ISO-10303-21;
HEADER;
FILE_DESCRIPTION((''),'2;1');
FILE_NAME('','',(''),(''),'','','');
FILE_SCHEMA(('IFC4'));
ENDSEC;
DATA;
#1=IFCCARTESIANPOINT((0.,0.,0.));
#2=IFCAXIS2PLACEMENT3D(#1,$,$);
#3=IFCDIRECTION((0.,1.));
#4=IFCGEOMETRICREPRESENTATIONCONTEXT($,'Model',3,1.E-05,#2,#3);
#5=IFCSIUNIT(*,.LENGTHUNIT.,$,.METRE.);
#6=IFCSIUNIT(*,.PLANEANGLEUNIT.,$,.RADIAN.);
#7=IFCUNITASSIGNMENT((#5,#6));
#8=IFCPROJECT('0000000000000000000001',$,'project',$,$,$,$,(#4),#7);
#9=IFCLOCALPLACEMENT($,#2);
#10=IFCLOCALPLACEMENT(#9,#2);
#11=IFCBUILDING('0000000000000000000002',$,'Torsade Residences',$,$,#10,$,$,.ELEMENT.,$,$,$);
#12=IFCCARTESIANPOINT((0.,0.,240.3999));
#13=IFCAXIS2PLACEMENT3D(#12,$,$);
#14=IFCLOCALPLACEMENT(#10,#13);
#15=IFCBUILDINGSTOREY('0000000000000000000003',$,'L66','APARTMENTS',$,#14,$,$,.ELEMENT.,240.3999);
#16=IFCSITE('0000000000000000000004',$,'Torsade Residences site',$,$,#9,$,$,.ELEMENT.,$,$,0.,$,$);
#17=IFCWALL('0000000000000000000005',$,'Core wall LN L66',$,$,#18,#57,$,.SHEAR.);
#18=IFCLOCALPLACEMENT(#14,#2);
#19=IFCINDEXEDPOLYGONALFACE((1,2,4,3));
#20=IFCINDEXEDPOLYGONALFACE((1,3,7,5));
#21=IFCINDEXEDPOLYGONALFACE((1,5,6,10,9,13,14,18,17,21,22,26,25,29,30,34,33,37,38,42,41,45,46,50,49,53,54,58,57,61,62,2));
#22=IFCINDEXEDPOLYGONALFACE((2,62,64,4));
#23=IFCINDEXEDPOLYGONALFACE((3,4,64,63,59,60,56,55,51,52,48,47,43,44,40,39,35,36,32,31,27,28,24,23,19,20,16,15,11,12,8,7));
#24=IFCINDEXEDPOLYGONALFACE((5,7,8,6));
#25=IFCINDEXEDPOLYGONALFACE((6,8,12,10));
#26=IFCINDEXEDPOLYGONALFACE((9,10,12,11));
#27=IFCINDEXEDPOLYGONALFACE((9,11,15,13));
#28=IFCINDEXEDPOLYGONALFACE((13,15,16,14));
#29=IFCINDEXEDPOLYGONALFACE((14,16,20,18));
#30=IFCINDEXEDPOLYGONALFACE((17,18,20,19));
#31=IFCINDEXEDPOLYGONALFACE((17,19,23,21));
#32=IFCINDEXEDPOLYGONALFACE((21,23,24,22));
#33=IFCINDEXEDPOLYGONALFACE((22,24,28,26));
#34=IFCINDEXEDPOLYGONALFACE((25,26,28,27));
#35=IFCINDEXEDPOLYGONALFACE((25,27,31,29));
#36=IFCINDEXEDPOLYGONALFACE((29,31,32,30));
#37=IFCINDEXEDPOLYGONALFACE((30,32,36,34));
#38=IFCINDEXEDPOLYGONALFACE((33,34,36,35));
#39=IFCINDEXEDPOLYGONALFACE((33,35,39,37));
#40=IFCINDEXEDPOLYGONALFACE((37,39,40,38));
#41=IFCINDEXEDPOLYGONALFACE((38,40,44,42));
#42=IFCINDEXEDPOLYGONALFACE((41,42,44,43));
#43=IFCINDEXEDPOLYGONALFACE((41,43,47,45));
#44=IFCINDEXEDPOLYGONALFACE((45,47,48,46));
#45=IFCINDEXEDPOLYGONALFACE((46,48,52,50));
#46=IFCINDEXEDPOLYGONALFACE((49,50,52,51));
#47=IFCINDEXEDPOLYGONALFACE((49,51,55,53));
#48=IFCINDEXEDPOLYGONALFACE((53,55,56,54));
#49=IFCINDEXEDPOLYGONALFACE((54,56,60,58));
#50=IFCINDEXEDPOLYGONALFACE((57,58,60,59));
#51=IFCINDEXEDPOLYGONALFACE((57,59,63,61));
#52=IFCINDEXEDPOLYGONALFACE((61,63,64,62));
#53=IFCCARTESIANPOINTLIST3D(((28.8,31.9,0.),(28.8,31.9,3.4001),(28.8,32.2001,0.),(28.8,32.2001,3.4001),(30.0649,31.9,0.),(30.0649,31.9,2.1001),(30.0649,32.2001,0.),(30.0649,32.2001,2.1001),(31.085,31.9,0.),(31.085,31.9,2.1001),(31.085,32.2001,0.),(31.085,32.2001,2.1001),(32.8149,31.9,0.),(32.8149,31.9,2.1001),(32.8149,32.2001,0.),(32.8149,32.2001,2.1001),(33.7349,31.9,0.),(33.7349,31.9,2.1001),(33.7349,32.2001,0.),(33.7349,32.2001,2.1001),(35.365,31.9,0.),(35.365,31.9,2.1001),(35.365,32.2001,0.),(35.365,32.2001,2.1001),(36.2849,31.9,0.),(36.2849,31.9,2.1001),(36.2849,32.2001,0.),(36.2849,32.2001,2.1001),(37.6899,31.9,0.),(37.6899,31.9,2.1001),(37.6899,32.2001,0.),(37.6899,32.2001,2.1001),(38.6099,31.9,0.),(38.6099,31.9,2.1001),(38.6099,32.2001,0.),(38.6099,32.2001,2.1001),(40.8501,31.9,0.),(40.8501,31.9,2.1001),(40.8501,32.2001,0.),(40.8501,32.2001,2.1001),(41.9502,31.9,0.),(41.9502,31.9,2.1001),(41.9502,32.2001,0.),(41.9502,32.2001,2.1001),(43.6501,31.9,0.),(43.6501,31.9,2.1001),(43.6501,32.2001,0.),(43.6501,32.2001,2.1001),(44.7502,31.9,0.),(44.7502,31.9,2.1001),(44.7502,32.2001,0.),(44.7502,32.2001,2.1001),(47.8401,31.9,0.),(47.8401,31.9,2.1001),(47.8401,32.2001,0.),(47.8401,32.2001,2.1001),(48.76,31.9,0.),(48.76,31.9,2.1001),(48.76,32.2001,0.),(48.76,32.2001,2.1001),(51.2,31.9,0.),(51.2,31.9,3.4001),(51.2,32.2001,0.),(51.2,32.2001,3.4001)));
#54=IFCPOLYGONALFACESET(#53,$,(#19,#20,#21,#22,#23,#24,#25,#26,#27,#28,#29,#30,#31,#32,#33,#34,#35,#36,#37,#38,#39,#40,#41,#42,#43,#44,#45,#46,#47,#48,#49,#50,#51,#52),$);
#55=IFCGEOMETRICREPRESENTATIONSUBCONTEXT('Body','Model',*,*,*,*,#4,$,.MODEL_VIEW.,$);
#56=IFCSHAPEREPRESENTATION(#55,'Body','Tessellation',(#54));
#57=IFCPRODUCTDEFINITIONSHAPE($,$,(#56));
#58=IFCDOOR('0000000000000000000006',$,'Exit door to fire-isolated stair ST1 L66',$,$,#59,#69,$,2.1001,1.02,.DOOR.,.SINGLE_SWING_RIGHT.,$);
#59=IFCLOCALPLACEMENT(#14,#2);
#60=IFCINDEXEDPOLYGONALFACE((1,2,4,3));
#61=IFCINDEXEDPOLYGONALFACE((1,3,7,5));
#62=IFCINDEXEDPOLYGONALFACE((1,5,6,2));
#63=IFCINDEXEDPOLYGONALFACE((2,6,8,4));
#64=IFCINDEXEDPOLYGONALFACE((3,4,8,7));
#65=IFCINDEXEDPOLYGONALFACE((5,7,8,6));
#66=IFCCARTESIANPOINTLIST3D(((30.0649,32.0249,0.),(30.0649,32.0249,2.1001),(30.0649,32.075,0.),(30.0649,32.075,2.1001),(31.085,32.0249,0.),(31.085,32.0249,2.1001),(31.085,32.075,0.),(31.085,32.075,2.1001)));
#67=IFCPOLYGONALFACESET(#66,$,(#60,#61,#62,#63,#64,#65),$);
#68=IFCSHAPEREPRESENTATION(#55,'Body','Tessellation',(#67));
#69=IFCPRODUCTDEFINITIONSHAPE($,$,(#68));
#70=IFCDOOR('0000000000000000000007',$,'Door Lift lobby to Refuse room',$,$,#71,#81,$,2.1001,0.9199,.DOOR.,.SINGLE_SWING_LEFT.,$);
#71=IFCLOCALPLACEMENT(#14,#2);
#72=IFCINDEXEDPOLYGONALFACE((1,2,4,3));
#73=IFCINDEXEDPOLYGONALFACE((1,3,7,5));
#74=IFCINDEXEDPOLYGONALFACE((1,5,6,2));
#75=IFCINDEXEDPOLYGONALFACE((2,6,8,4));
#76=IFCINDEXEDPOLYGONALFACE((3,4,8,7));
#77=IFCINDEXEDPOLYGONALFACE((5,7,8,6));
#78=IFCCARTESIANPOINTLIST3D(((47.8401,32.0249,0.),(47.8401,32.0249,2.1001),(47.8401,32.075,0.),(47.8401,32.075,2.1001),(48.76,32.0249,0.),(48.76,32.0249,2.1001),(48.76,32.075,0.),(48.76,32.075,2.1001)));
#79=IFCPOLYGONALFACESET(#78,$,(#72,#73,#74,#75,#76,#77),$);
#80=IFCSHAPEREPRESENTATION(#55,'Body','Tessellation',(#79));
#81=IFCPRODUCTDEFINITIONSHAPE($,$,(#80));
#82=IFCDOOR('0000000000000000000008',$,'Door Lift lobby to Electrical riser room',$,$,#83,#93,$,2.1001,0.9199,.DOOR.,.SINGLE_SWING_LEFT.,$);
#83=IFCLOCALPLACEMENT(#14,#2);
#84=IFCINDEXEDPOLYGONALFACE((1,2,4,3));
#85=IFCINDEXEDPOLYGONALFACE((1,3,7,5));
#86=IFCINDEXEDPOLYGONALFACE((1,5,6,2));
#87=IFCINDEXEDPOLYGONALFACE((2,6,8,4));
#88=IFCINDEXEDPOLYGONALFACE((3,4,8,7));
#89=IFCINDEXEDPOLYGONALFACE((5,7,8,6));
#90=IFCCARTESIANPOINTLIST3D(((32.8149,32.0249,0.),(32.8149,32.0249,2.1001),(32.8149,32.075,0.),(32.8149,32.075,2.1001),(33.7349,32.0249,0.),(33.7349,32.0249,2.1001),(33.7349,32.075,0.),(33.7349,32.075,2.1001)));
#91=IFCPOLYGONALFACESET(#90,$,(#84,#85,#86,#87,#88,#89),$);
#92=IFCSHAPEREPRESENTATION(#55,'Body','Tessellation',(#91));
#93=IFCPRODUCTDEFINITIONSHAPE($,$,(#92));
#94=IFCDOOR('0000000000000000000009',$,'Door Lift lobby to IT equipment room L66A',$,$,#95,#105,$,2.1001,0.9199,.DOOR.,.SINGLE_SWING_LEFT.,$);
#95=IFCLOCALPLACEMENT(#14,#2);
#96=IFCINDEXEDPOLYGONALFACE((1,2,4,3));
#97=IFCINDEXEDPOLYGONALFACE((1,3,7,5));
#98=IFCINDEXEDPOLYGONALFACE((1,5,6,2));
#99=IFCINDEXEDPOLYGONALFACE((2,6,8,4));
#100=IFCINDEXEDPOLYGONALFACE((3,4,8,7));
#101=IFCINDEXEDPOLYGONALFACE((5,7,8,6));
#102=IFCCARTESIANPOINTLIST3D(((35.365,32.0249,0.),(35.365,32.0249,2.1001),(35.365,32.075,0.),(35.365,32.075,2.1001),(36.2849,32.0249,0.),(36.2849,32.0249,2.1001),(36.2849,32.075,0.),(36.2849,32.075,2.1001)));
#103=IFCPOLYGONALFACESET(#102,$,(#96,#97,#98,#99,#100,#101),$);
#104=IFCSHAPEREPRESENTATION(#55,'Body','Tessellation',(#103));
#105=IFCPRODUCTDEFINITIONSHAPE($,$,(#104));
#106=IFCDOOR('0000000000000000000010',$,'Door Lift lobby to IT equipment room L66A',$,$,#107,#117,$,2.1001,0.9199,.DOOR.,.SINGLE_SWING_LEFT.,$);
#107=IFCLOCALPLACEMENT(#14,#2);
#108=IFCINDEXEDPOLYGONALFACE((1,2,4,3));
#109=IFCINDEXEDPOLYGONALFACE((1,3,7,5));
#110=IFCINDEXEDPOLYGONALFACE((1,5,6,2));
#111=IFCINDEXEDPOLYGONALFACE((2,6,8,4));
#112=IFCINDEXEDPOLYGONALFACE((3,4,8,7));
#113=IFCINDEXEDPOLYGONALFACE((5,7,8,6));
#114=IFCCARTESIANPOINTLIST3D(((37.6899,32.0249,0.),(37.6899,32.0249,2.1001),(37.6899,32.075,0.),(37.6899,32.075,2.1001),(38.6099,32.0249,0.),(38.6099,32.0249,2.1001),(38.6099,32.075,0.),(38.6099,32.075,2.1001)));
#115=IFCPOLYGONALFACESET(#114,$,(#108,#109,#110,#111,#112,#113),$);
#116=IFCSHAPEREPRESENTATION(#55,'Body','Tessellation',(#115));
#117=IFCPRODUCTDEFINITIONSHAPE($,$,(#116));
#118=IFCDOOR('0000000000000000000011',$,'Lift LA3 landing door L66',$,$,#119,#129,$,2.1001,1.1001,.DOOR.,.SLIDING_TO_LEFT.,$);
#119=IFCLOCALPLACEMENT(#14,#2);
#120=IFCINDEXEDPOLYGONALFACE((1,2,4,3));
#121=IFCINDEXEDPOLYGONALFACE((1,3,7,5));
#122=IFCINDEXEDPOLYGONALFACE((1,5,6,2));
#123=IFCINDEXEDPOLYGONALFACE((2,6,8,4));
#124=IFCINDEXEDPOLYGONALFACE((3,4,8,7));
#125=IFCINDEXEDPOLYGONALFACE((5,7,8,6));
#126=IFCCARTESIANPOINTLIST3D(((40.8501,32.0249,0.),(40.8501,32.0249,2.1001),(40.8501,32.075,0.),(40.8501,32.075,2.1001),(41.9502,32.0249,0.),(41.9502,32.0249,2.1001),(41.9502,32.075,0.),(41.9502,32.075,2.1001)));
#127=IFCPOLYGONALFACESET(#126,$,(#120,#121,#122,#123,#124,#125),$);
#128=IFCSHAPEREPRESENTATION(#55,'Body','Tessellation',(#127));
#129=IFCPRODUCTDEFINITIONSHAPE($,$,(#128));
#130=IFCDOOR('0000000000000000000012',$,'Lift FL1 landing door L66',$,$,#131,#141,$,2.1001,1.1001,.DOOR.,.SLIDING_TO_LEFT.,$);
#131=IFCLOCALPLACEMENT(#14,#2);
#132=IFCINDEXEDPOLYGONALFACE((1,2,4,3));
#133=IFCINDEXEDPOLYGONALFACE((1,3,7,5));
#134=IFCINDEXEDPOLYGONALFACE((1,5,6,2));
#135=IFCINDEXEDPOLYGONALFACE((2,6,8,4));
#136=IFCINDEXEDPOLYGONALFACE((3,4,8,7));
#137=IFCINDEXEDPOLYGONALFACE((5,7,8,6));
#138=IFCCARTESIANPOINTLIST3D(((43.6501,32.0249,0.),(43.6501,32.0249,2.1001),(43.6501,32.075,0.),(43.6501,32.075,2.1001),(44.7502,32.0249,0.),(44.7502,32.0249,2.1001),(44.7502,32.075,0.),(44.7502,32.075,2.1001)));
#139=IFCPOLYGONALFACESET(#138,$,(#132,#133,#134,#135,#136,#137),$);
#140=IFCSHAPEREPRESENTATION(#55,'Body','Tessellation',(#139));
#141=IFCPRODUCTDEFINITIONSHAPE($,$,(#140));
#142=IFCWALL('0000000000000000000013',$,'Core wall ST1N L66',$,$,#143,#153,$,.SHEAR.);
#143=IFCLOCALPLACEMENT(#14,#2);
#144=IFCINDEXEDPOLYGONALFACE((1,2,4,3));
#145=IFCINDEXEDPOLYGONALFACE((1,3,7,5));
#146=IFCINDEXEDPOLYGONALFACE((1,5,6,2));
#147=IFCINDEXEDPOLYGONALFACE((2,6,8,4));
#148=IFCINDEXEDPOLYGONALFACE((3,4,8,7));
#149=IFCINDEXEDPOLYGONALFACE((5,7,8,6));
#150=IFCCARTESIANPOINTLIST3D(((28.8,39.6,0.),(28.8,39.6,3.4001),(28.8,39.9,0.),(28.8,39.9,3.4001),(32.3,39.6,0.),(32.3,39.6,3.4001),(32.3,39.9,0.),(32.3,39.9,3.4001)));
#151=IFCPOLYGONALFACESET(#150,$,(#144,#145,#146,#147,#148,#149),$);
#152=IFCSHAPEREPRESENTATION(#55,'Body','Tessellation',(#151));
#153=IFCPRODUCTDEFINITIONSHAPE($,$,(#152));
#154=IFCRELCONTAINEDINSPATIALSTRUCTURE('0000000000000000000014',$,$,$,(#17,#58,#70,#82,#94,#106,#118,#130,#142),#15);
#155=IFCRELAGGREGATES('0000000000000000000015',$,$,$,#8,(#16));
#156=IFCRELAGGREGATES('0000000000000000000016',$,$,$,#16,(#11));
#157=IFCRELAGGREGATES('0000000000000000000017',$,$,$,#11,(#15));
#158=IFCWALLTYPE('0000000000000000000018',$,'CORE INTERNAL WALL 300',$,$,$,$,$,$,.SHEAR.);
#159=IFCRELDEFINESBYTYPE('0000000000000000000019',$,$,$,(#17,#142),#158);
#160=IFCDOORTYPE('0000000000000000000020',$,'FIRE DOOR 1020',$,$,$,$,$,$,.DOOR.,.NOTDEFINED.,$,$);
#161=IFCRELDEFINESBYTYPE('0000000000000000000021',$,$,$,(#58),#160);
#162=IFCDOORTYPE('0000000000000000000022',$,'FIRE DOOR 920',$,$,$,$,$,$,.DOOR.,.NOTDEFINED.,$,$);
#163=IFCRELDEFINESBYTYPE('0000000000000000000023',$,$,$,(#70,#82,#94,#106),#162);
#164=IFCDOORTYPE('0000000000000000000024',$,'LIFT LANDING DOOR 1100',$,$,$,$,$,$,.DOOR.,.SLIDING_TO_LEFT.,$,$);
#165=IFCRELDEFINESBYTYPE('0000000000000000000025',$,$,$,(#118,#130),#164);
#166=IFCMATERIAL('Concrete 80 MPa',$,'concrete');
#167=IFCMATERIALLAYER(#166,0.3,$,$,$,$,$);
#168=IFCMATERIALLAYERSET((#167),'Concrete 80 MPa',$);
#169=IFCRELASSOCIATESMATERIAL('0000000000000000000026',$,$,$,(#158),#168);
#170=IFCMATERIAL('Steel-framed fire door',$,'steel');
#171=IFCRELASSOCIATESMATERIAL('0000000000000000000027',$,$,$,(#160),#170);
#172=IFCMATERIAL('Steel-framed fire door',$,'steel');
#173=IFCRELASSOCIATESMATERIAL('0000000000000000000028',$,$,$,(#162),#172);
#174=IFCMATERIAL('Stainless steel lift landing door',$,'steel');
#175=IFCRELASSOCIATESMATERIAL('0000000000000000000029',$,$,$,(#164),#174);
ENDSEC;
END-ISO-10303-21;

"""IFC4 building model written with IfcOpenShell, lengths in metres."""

from ifc_helpers import new_model, si_unit, direction, frame, frame_2d, origin, place, context, subcontext, project, spatial, rectangle, extrude, material, layer, layer_set, type_object, element, fill, save


model = new_model("IFC4")

# Units and contexts
model_context = context("Model", 3, precision=1e-05, world=origin(), true_north=direction((0.0, 1.0)))
body_context = subcontext(model_context, "Body", "Model", "MODEL_VIEW")
ifc_project = project(units=[si_unit("LENGTHUNIT", "METRE"), si_unit("PLANEANGLEUNIT", "RADIAN")], contexts=[model_context])

# Site, building, storey
site_placement = place(None, origin())
site = spatial("IfcSite", under=ifc_project, at=site_placement, Name="Torsade Residences site", CompositionType="ELEMENT", RefElevation=0.0)
building_placement = place(site_placement, origin())
building = spatial("IfcBuilding", under=site, at=building_placement, Name="Torsade Residences", CompositionType="ELEMENT")
storey_placement = place(building_placement, frame((0.0, 0.0, 240.3999)))
storey = spatial("IfcBuildingStorey", under=building, at=storey_placement, Name="L66", Description="APARTMENTS", CompositionType="ELEMENT", Elevation=240.3999)

# Wall, openings, doors
ifc_material_1 = material(Name="Concrete 80 MPa", Category="concrete")
ifc_layer_1 = layer(ifc_material_1, 0.3)
ifc_layer_set_1 = layer_set([ifc_layer_1], Name="Concrete 80 MPa")
wall_type_1 = type_object("IfcWallType", Name="CORE INTERNAL WALL 300", PredefinedType="SHEAR", material=ifc_layer_set_1)
wall_1_placement = place(storey_placement, frame((28.8, 32.05, 0.0), z_axis=(0.0, 0.0, 1.0), x_axis=(1.0, 0.0, 0.0)))
wall_1 = element("IfcWall", 1, at=wall_1_placement, inside=storey, type_object=wall_type_1, Name="Core wall LN L66", PredefinedType="SHEAR", context=body_context, shape_type="SweptSolid", body=[
    extrude(rectangle(XDim=22.3999, YDim=0.3, at=frame_2d((11.2, 0.0))), origin(), (0.0, 0.0, 1.0), 3.4001),
])
opening_1_placement = place(wall_1_placement, frame((19.04, 0.0, 0.0)))
opening_1 = element("IfcOpeningElement", 2, at=opening_1_placement, cuts=wall_1, PredefinedType="OPENING", context=body_context, shape_type="SweptSolid", body=[
    extrude(rectangle(XDim=0.9199, YDim=2.1001, at=frame_2d((0.46, 1.05))), frame((0.0, 0.1599, 0.0), z_axis=(0.0, -1.0, 0.0), x_axis=(1.0, 0.0, 0.0)), (0.0, 0.0, 1.0), 0.3201),
])
opening_2_placement = place(wall_1_placement, frame((1.2649, 0.0, 0.0)))
opening_2 = element("IfcOpeningElement", 3, at=opening_2_placement, cuts=wall_1, PredefinedType="OPENING", context=body_context, shape_type="SweptSolid", body=[
    extrude(rectangle(XDim=1.02, YDim=2.1001, at=frame_2d((0.51, 1.05))), frame((0.0, 0.1599, 0.0), z_axis=(0.0, -1.0, 0.0), x_axis=(1.0, 0.0, 0.0)), (0.0, 0.0, 1.0), 0.3201),
])
opening_3_placement = place(wall_1_placement, frame((4.0149, 0.0, 0.0)))
opening_3 = element("IfcOpeningElement", 4, at=opening_3_placement, cuts=wall_1, PredefinedType="OPENING", context=body_context, shape_type="SweptSolid", body=[
    extrude(rectangle(XDim=0.9199, YDim=2.1001, at=frame_2d((0.46, 1.05))), frame((0.0, 0.1599, 0.0), z_axis=(0.0, -1.0, 0.0), x_axis=(1.0, 0.0, 0.0)), (0.0, 0.0, 1.0), 0.3201),
])
opening_4_placement = place(wall_1_placement, frame((6.5649, 0.0, 0.0)))
opening_4 = element("IfcOpeningElement", 5, at=opening_4_placement, cuts=wall_1, PredefinedType="OPENING", context=body_context, shape_type="SweptSolid", body=[
    extrude(rectangle(XDim=0.9199, YDim=2.1001, at=frame_2d((0.46, 1.05))), frame((0.0, 0.1599, 0.0), z_axis=(0.0, -1.0, 0.0), x_axis=(1.0, 0.0, 0.0)), (0.0, 0.0, 1.0), 0.3201),
])
opening_5_placement = place(wall_1_placement, frame((8.8899, 0.0, 0.0)))
opening_5 = element("IfcOpeningElement", 6, at=opening_5_placement, cuts=wall_1, PredefinedType="OPENING", context=body_context, shape_type="SweptSolid", body=[
    extrude(rectangle(XDim=0.9199, YDim=2.1001, at=frame_2d((0.46, 1.05))), frame((0.0, 0.1599, 0.0), z_axis=(0.0, -1.0, 0.0), x_axis=(1.0, 0.0, 0.0)), (0.0, 0.0, 1.0), 0.3201),
])
opening_6_placement = place(wall_1_placement, frame((12.05, 0.0, 0.0)))
opening_6 = element("IfcOpeningElement", 7, at=opening_6_placement, cuts=wall_1, PredefinedType="OPENING", context=body_context, shape_type="SweptSolid", body=[
    extrude(rectangle(XDim=1.1001, YDim=2.1001, at=frame_2d((0.55, 1.05))), frame((0.0, 0.1599, 0.0), z_axis=(0.0, -1.0, 0.0), x_axis=(1.0, 0.0, 0.0)), (0.0, 0.0, 1.0), 0.3201),
])
opening_7_placement = place(wall_1_placement, frame((14.8501, 0.0, 0.0)))
opening_7 = element("IfcOpeningElement", 8, at=opening_7_placement, cuts=wall_1, PredefinedType="OPENING", context=body_context, shape_type="SweptSolid", body=[
    extrude(rectangle(XDim=1.1001, YDim=2.1001, at=frame_2d((0.55, 1.05))), frame((0.0, 0.1599, 0.0), z_axis=(0.0, -1.0, 0.0), x_axis=(1.0, 0.0, 0.0)), (0.0, 0.0, 1.0), 0.3201),
])
ifc_material_2 = material(Name="Steel-framed fire door", Category="steel")
door_type_1 = type_object("IfcDoorType", Name="FIRE DOOR 1020", OperationType="NOTDEFINED", PredefinedType="DOOR", material=ifc_material_2)
door_1_placement = place(opening_2_placement, origin())
door_1 = element("IfcDoor", 9, at=door_1_placement, inside=storey, type_object=door_type_1, Name="Exit door to fire-isolated stair ST1 L66", OperationType="SINGLE_SWING_RIGHT", OverallHeight=2.1001, OverallWidth=1.02, PredefinedType="DOOR", context=body_context, shape_type="SweptSolid", body=[
    extrude(rectangle(XDim=1.02, YDim=2.1001, at=frame_2d((0.51, 1.05))), frame((0.0, 0.0249, 0.0), z_axis=(0.0, -1.0, 0.0), x_axis=(1.0, 0.0, 0.0)), (0.0, 0.0, 1.0), 0.05),
])
fill(opening_2, door_1)
ifc_material_3 = material(Name="Steel-framed fire door", Category="steel")
door_type_2 = type_object("IfcDoorType", Name="FIRE DOOR 920", OperationType="NOTDEFINED", PredefinedType="DOOR", material=ifc_material_3)
door_2_placement = place(opening_1_placement, origin())
door_2 = element("IfcDoor", 10, at=door_2_placement, inside=storey, type_object=door_type_2, Name="Door Lift lobby to Refuse room", OperationType="SINGLE_SWING_LEFT", OverallHeight=2.1001, OverallWidth=0.9199, PredefinedType="DOOR", context=body_context, shape_type="SweptSolid", body=[
    extrude(rectangle(XDim=0.9199, YDim=2.1001, at=frame_2d((0.46, 1.05))), frame((0.0, 0.0249, 0.0), z_axis=(0.0, -1.0, 0.0), x_axis=(1.0, 0.0, 0.0)), (0.0, 0.0, 1.0), 0.05),
])
fill(opening_1, door_2)
door_3_placement = place(opening_3_placement, origin())
door_3 = element("IfcDoor", 11, at=door_3_placement, inside=storey, type_object=door_type_2, Name="Door Lift lobby to Electrical riser room", OperationType="SINGLE_SWING_LEFT", OverallHeight=2.1001, OverallWidth=0.9199, PredefinedType="DOOR", context=body_context, shape_type="SweptSolid", body=[
    extrude(rectangle(XDim=0.9199, YDim=2.1001, at=frame_2d((0.46, 1.05))), frame((0.0, 0.0249, 0.0), z_axis=(0.0, -1.0, 0.0), x_axis=(1.0, 0.0, 0.0)), (0.0, 0.0, 1.0), 0.05),
])
fill(opening_3, door_3)
door_4_placement = place(opening_4_placement, origin())
door_4 = element("IfcDoor", 12, at=door_4_placement, inside=storey, type_object=door_type_2, Name="Door Lift lobby to IT equipment room L66A", OperationType="SINGLE_SWING_LEFT", OverallHeight=2.1001, OverallWidth=0.9199, PredefinedType="DOOR", context=body_context, shape_type="SweptSolid", body=[
    extrude(rectangle(XDim=0.9199, YDim=2.1001, at=frame_2d((0.46, 1.05))), frame((0.0, 0.0249, 0.0), z_axis=(0.0, -1.0, 0.0), x_axis=(1.0, 0.0, 0.0)), (0.0, 0.0, 1.0), 0.05),
])
fill(opening_4, door_4)
door_5_placement = place(opening_5_placement, origin())
door_5 = element("IfcDoor", 13, at=door_5_placement, inside=storey, type_object=door_type_2, Name="Door Lift lobby to IT equipment room L66A", OperationType="SINGLE_SWING_LEFT", OverallHeight=2.1001, OverallWidth=0.9199, PredefinedType="DOOR", context=body_context, shape_type="SweptSolid", body=[
    extrude(rectangle(XDim=0.9199, YDim=2.1001, at=frame_2d((0.46, 1.05))), frame((0.0, 0.0249, 0.0), z_axis=(0.0, -1.0, 0.0), x_axis=(1.0, 0.0, 0.0)), (0.0, 0.0, 1.0), 0.05),
])
fill(opening_5, door_5)
ifc_material_4 = material(Name="Stainless steel lift landing door", Category="steel")
door_type_3 = type_object("IfcDoorType", Name="LIFT LANDING DOOR 1100", OperationType="SLIDING_TO_LEFT", PredefinedType="DOOR", material=ifc_material_4)
door_6_placement = place(opening_6_placement, origin())
door_6 = element("IfcDoor", 14, at=door_6_placement, inside=storey, type_object=door_type_3, Name="Lift LA3 landing door L66", OperationType="SLIDING_TO_LEFT", OverallHeight=2.1001, OverallWidth=1.1001, PredefinedType="DOOR", context=body_context, shape_type="SweptSolid", body=[
    extrude(rectangle(XDim=1.1001, YDim=2.1001, at=frame_2d((0.55, 1.05))), frame((0.0, 0.0249, 0.0), z_axis=(0.0, -1.0, 0.0), x_axis=(1.0, 0.0, 0.0)), (0.0, 0.0, 1.0), 0.05),
])
fill(opening_6, door_6)
door_7_placement = place(opening_7_placement, origin())
door_7 = element("IfcDoor", 15, at=door_7_placement, inside=storey, type_object=door_type_3, Name="Lift FL1 landing door L66", OperationType="SLIDING_TO_LEFT", OverallHeight=2.1001, OverallWidth=1.1001, PredefinedType="DOOR", context=body_context, shape_type="SweptSolid", body=[
    extrude(rectangle(XDim=1.1001, YDim=2.1001, at=frame_2d((0.55, 1.05))), frame((0.0, 0.0249, 0.0), z_axis=(0.0, -1.0, 0.0), x_axis=(1.0, 0.0, 0.0)), (0.0, 0.0, 1.0), 0.05),
])
fill(opening_7, door_7)

# Wall
wall_2_placement = place(storey_placement, frame((28.8, 39.75, 0.0), z_axis=(0.0, 0.0, 1.0), x_axis=(1.0, 0.0, 0.0)))
element("IfcWall", 16, at=wall_2_placement, inside=storey, type_object=wall_type_1, Name="Core wall ST1N L66", PredefinedType="SHEAR", context=body_context, shape_type="SweptSolid", body=[
    extrude(rectangle(XDim=3.5, YDim=0.3, at=frame_2d((1.75, 0.0))), origin(), (0.0, 0.0, 1.0), 3.4001),
])

save(model, "model.ifc")
